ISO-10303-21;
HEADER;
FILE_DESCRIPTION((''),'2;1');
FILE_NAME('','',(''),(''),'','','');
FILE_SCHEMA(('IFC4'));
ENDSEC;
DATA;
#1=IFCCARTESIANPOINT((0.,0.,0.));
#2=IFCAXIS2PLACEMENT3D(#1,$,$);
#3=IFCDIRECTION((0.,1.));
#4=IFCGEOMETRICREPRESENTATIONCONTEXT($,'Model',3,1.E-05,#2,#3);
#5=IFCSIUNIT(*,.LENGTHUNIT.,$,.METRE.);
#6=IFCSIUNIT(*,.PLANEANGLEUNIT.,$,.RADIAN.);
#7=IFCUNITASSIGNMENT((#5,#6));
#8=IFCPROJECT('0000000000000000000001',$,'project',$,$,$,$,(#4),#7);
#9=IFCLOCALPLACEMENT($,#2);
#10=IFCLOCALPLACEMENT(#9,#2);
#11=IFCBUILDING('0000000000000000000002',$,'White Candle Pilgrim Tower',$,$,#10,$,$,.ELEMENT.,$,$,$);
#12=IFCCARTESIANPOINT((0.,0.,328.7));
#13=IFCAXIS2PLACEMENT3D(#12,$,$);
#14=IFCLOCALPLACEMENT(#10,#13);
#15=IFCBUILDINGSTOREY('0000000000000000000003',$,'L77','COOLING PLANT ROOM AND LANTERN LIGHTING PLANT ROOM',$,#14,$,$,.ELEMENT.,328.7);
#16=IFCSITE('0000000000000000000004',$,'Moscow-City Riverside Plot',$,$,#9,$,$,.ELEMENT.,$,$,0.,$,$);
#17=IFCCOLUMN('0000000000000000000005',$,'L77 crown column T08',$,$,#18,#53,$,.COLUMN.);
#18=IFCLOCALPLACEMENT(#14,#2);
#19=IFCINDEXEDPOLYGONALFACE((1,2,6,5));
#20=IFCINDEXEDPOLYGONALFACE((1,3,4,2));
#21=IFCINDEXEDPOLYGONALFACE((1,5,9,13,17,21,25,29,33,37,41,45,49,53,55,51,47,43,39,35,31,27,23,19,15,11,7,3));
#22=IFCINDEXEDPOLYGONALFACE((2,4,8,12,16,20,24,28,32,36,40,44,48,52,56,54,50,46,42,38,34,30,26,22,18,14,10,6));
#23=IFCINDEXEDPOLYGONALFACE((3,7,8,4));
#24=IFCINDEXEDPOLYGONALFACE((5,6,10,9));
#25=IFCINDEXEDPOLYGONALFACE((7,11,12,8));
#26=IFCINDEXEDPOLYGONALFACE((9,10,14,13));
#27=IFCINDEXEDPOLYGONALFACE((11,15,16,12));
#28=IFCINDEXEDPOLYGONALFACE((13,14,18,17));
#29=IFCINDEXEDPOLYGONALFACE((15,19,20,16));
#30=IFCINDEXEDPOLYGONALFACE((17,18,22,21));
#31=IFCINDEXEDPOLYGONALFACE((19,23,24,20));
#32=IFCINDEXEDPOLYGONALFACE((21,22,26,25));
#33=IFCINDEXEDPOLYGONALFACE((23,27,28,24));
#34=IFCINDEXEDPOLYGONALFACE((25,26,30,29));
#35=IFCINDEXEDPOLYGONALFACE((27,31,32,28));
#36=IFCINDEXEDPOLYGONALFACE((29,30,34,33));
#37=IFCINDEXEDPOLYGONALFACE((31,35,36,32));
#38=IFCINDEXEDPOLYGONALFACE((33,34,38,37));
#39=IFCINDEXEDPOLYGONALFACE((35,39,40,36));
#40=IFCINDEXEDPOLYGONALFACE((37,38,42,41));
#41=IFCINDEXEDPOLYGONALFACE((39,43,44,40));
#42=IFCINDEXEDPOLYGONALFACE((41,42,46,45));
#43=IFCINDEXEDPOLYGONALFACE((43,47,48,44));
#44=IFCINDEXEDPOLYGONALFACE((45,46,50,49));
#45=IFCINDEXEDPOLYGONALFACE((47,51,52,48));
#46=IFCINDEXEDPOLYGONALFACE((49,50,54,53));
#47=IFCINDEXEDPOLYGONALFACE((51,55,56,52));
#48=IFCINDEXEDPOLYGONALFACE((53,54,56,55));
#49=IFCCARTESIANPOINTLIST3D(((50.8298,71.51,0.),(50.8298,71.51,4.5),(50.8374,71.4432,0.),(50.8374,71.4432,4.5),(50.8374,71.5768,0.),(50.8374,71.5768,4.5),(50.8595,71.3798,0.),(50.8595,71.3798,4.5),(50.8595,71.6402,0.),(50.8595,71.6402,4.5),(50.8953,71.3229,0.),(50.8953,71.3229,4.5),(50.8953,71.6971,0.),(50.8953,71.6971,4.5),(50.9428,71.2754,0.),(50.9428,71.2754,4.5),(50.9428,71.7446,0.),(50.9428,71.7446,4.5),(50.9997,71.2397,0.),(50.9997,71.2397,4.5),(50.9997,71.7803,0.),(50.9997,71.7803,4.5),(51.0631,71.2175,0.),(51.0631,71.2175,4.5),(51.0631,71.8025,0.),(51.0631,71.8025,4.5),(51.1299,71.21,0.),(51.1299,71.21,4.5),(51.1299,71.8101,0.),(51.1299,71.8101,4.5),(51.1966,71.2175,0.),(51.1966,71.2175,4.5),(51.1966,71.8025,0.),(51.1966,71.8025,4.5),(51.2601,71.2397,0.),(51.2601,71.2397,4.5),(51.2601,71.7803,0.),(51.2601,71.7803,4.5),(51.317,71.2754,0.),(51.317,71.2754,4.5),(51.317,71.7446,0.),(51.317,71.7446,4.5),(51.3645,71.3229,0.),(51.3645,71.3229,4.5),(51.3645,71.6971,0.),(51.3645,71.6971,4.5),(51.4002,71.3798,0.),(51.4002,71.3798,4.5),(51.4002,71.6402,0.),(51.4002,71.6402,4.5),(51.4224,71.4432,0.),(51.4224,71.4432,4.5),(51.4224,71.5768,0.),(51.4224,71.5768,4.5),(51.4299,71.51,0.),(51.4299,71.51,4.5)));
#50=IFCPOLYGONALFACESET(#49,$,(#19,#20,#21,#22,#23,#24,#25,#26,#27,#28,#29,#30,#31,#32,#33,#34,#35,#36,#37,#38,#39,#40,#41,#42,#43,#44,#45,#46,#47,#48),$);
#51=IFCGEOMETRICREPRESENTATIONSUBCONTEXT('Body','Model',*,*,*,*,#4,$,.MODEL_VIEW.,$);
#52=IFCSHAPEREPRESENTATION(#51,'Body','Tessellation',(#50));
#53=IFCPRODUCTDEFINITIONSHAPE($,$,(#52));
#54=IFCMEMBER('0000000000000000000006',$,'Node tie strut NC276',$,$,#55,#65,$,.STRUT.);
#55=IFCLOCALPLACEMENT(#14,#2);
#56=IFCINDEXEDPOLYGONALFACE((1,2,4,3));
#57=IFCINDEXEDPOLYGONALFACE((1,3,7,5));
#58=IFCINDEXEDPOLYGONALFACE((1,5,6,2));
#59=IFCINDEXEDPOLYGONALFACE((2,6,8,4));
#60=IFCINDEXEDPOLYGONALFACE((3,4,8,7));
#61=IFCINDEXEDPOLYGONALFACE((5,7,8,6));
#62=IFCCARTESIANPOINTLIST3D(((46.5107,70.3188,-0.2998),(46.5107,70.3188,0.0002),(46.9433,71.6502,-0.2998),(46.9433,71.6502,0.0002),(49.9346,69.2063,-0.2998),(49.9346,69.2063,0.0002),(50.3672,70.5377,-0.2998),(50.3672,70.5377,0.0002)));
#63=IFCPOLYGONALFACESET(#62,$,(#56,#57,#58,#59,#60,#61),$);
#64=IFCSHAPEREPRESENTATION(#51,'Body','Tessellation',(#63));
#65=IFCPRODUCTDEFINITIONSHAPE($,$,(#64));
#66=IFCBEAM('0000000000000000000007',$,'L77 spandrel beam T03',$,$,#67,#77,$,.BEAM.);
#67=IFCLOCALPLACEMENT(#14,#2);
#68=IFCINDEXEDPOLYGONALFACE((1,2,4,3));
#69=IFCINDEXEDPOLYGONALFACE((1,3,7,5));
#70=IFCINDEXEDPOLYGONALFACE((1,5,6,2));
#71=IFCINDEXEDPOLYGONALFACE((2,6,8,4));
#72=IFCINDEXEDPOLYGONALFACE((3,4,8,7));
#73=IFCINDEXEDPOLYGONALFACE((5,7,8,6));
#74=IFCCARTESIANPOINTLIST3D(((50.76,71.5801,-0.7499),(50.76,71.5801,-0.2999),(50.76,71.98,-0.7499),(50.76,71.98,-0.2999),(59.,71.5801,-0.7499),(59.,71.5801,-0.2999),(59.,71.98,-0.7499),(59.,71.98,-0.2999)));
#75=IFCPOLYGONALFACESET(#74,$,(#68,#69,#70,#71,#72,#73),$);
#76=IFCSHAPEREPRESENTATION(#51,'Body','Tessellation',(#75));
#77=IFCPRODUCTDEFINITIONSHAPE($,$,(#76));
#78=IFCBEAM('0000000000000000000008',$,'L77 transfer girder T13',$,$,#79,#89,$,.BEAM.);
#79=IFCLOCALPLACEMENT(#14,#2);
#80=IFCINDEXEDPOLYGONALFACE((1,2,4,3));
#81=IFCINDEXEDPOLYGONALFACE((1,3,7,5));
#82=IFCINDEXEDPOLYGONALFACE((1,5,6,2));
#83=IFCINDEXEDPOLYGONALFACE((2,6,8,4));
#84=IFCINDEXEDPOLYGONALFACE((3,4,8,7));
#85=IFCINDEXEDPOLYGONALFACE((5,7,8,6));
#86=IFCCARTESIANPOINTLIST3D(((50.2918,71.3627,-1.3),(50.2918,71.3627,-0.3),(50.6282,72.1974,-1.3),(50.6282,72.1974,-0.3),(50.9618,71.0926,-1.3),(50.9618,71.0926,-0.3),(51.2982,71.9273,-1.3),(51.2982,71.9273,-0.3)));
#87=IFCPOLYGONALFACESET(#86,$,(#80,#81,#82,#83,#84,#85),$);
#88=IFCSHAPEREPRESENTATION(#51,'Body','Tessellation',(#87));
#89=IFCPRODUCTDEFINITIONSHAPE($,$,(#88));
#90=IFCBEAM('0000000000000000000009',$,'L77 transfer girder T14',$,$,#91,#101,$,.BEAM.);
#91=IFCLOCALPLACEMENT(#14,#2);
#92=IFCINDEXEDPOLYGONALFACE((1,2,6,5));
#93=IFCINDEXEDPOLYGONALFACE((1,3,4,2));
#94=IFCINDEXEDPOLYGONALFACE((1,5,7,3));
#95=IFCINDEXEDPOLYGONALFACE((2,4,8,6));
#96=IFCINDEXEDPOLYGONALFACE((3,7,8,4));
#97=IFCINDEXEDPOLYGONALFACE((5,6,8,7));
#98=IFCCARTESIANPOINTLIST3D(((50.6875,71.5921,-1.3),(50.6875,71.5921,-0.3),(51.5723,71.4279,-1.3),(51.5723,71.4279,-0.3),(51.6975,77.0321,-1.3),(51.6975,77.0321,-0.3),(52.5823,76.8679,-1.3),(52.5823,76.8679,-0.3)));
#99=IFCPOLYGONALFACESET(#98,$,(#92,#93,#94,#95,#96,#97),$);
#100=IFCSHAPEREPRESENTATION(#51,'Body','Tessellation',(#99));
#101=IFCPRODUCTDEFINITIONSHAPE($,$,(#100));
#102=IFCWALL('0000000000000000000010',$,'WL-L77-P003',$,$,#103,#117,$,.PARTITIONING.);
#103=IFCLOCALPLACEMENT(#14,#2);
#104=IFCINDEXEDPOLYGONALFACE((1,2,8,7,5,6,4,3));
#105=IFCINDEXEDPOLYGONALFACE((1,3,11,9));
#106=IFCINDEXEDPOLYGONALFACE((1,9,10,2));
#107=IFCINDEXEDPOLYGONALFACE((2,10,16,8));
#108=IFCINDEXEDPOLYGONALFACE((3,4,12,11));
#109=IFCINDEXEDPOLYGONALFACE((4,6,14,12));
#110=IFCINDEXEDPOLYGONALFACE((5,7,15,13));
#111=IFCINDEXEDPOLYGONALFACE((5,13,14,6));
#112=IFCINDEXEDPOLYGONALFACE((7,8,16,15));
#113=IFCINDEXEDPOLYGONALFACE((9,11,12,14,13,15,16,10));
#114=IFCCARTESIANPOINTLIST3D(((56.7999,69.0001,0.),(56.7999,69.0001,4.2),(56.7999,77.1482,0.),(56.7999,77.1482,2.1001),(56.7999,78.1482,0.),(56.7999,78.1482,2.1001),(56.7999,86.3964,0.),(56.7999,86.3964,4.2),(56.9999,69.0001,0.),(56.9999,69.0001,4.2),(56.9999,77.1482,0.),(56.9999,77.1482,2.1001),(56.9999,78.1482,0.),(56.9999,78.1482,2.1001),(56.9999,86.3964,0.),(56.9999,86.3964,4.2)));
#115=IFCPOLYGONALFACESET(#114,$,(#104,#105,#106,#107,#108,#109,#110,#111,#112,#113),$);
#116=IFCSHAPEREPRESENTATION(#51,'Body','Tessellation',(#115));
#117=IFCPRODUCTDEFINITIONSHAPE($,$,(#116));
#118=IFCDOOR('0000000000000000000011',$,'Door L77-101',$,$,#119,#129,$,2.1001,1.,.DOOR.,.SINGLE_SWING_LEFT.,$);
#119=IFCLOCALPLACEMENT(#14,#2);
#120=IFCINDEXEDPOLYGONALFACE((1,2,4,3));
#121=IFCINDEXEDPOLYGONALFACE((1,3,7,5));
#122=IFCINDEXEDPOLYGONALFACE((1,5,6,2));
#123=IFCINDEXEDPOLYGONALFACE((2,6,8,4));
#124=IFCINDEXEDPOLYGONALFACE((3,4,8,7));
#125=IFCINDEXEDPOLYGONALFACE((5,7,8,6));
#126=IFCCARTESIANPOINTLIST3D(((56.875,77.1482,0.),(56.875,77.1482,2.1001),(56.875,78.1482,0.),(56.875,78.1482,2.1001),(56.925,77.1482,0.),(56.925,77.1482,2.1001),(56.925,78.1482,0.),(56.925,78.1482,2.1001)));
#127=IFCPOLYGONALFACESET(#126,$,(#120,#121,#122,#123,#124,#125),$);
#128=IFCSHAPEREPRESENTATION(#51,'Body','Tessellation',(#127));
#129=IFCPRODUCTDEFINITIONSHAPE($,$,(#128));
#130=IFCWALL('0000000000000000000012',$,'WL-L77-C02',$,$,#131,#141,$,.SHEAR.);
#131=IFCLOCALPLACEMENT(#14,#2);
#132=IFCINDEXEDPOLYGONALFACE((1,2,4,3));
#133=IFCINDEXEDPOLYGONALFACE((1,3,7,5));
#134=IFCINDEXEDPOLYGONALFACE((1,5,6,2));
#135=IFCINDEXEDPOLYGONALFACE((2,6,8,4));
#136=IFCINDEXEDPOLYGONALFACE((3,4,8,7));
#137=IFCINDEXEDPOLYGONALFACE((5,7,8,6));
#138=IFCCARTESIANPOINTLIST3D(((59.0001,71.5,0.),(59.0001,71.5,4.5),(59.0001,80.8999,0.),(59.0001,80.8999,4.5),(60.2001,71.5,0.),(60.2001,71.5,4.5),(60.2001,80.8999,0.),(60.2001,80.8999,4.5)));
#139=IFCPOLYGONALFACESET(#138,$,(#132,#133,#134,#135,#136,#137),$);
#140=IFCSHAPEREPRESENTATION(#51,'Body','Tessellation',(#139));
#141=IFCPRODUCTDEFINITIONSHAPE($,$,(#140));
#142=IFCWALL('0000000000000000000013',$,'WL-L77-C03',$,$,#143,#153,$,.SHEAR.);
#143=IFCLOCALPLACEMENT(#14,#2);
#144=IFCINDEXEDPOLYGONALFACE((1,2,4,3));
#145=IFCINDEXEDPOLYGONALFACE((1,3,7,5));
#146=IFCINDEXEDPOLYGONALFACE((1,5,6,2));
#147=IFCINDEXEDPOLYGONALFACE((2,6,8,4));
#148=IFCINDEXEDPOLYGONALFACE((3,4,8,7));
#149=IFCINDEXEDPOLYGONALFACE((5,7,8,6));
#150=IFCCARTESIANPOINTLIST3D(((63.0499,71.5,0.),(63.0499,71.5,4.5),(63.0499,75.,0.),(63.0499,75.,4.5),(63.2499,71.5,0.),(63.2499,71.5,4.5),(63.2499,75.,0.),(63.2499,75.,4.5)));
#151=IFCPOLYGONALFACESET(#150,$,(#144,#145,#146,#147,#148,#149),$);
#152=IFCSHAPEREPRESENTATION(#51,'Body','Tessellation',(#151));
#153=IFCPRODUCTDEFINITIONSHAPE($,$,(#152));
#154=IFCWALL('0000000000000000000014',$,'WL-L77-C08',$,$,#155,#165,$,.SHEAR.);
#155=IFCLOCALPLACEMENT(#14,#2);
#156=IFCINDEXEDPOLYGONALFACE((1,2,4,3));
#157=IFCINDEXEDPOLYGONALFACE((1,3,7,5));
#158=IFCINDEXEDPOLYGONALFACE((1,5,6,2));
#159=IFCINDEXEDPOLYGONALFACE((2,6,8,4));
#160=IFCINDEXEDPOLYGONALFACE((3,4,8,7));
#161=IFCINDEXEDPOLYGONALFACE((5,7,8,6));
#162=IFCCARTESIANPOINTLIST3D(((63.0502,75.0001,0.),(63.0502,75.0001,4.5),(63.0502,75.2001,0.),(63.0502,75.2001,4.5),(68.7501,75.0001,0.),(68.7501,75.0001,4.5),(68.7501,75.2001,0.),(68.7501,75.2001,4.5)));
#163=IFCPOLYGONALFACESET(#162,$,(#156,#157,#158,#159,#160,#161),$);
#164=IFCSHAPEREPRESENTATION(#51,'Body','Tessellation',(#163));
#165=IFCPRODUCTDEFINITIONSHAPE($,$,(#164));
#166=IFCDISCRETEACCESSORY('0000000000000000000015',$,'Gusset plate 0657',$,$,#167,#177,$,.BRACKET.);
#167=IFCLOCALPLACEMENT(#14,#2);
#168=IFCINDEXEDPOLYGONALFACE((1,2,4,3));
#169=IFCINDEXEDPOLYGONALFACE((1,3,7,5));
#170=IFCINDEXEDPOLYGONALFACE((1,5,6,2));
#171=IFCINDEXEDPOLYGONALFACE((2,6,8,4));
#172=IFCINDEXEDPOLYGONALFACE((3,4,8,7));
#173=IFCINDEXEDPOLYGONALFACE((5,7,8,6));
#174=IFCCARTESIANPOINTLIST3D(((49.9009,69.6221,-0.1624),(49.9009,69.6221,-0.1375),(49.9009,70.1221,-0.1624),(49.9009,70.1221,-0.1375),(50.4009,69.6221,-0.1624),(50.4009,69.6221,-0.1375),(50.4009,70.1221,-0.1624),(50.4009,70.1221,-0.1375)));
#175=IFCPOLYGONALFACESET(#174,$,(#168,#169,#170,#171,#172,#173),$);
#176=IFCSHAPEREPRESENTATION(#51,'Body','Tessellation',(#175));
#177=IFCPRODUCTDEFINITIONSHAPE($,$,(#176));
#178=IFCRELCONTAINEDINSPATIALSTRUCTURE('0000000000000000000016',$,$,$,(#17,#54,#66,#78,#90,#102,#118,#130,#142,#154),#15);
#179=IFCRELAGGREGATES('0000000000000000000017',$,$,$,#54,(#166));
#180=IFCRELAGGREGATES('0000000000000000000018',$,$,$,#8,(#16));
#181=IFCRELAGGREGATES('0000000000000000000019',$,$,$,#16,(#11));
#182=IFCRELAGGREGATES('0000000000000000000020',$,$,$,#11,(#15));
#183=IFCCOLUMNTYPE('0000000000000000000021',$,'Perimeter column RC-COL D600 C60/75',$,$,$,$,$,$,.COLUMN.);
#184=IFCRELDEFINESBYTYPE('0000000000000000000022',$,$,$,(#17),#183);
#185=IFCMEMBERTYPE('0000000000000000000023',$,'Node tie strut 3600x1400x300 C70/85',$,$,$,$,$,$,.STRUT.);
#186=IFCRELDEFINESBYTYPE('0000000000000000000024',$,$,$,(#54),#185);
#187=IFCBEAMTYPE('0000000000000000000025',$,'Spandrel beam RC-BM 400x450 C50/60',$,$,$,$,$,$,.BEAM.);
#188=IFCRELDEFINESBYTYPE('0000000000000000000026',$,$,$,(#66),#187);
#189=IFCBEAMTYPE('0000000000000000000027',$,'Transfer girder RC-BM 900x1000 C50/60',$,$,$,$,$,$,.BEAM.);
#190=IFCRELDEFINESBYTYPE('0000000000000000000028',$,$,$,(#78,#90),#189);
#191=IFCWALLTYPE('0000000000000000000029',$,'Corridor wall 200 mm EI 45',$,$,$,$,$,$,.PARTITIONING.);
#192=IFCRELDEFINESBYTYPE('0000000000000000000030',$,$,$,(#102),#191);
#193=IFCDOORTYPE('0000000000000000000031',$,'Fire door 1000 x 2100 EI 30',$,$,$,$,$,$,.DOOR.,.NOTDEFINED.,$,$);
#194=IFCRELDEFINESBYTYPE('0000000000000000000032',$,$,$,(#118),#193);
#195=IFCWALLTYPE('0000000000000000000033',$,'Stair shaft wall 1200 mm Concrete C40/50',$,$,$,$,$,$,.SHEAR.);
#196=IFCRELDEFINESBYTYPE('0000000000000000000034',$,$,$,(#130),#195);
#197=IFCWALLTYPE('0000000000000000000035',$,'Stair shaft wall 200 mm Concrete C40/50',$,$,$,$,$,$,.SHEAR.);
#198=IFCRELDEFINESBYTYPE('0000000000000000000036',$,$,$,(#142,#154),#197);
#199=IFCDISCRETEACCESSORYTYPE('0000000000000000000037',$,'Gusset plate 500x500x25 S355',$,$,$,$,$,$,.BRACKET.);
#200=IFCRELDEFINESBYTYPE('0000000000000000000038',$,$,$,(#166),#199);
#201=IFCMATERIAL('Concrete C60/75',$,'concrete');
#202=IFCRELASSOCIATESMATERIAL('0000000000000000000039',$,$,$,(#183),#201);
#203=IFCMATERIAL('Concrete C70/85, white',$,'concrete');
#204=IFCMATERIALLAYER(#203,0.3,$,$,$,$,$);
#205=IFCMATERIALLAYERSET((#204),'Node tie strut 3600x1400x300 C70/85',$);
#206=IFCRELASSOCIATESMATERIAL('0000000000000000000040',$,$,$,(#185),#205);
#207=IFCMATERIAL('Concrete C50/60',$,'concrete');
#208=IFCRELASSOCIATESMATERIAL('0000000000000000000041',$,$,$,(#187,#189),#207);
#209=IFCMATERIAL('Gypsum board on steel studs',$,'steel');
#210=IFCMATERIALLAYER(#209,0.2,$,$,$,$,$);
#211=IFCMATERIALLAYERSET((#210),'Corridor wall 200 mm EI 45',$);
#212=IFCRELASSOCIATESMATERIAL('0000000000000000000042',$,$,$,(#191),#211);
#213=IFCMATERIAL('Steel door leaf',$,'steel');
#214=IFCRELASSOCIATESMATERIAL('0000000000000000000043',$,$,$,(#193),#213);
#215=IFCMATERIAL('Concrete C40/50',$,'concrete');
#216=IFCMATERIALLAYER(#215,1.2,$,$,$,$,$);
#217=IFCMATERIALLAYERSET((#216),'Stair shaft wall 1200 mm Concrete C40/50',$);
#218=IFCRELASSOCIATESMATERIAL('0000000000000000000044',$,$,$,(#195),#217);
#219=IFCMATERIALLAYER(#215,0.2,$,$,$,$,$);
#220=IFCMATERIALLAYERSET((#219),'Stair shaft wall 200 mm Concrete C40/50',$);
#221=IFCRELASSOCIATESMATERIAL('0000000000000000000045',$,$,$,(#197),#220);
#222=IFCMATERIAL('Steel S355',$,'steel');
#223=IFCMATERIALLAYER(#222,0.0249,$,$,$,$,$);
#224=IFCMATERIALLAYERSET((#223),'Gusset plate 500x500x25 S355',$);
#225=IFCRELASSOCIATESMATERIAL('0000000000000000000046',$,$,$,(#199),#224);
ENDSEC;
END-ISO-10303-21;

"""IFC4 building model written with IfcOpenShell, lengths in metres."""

from ifc_helpers import new_model, si_unit, direction, frame, frame_2d, origin, origin_2d, place, context, subcontext, project, spatial, rectangle, circle, extrude, material, layer, layer_set, material_profile, profile_set, type_object, element, fill, aggregate, save


model = new_model("IFC4")

# Units and contexts
model_context = context("Model", 3, precision=1e-05, world=origin(), true_north=direction((0.0, 1.0)))
body_context = subcontext(model_context, "Body", "Model", "MODEL_VIEW")
ifc_project = project(units=[si_unit("LENGTHUNIT", "METRE"), si_unit("PLANEANGLEUNIT", "RADIAN")], contexts=[model_context])

# Site, building, storey
site_placement = place(None, origin())
site = spatial("IfcSite", under=ifc_project, at=site_placement, Name="Moscow-City Riverside Plot", CompositionType="ELEMENT", RefElevation=0.0)
building_placement = place(site_placement, origin())
building = spatial("IfcBuilding", under=site, at=building_placement, Name="White Candle Pilgrim Tower", CompositionType="ELEMENT")
storey_placement = place(building_placement, frame((0.0, 0.0, 328.7)))
storey = spatial("IfcBuildingStorey", under=building, at=storey_placement, Name="L77", Description="COOLING PLANT ROOM AND LANTERN LIGHTING PLANT ROOM", CompositionType="ELEMENT", Elevation=328.7)

# Column
ifc_material_1 = material(Name="Concrete C60/75", Category="concrete")
ifc_material_profile_1 = material_profile(ifc_material_1, circle(Radius=0.3, at=origin_2d()), Name="RC-COL D600")
ifc_profile_set_1 = profile_set([ifc_material_profile_1], Name="Concrete C60/75")
column_type = type_object("IfcColumnType", Name="Perimeter column RC-COL D600 C60/75", PredefinedType="COLUMN", material=ifc_profile_set_1)
column_placement = place(storey_placement, frame((51.1299, 71.51, 0.0), z_axis=(0.0, 0.0, 1.0), x_axis=(1.0, 0.0, 0.0)))
element("IfcColumn", 1, at=column_placement, inside=storey, type_object=column_type, Name="L77 crown column T08", PredefinedType="COLUMN", context=body_context, shape_type="SweptSolid", body=[
    extrude(circle(Radius=0.3, at=origin_2d()), origin(), (0.0, 0.0, 1.0), 4.5),
])

# Member
ifc_material_2 = material(Name="Concrete C70/85, white", Category="concrete")
ifc_layer_1 = layer(ifc_material_2, 0.3)
ifc_layer_set_1 = layer_set([ifc_layer_1], Name="Node tie strut 3600x1400x300 C70/85")
member_type = type_object("IfcMemberType", Name="Node tie strut 3600x1400x300 C70/85", PredefinedType="STRUT", material=ifc_layer_set_1)
member_placement = place(storey_placement, frame((48.439, 70.4282, -0.2998), z_axis=(0.0, 0.0, 1.0), x_axis=(-0.309017, -0.951057, 0.0)))
member = element("IfcMember", 2, at=member_placement, inside=storey, type_object=member_type, Name="Node tie strut NC276", PredefinedType="STRUT", context=body_context, shape_type="SweptSolid", body=[
    extrude(rectangle(XDim=1.3999, YDim=3.6001, at=origin_2d()), origin(), (0.0, 0.0, 1.0), 0.3),
])

# Beams
ifc_material_3 = material(Name="Concrete C50/60", Category="concrete")
ifc_material_profile_2 = material_profile(ifc_material_3, rectangle(XDim=0.3999, YDim=0.45, at=origin_2d()), Name="RC-BM 400x450")
ifc_profile_set_2 = profile_set([ifc_material_profile_2], Name="Concrete C50/60")
beam_type_1 = type_object("IfcBeamType", Name="Spandrel beam RC-BM 400x450 C50/60", PredefinedType="BEAM", material=ifc_profile_set_2)
beam_1_placement = place(storey_placement, frame((50.76, 71.78, -0.5249), z_axis=(1.0, 0.0, 0.0), x_axis=(0.0, 1.0, 0.0)))
element("IfcBeam", 3, at=beam_1_placement, inside=storey, type_object=beam_type_1, Name="L77 spandrel beam T03", PredefinedType="BEAM", context=body_context, shape_type="SweptSolid", body=[
    extrude(rectangle(XDim=0.3999, YDim=0.45, at=origin_2d()), origin(), (0.0, 0.0, 1.0), 8.24),
])
ifc_material_profile_3 = material_profile(ifc_material_3, rectangle(XDim=0.8999, YDim=1.0, at=origin_2d()), Name="RC-BM 900x1000")
ifc_profile_set_3 = profile_set([ifc_material_profile_3], Name="Concrete C50/60")
beam_type_2 = type_object("IfcBeamType", Name="Transfer girder RC-BM 900x1000 C50/60", PredefinedType="BEAM", material=ifc_profile_set_3)
beam_2_placement = place(storey_placement, frame((50.46, 71.78, -0.8), z_axis=(0.927494, -0.373837, 0.0), x_axis=(0.373837, 0.927494, 0.0)))
element("IfcBeam", 4, at=beam_2_placement, inside=storey, type_object=beam_type_2, Name="L77 transfer girder T13", PredefinedType="BEAM", context=body_context, shape_type="SweptSolid", body=[
    extrude(rectangle(XDim=0.8999, YDim=1.0, at=origin_2d()), origin(), (0.0, 0.0, 1.0), 0.7224),
])
beam_3_placement = place(storey_placement, frame((51.1299, 71.51, -0.8), z_axis=(0.182546, 0.983197, 0.0), x_axis=(-0.983197, 0.182546, 0.0)))
element("IfcBeam", 5, at=beam_3_placement, inside=storey, type_object=beam_type_2, Name="L77 transfer girder T14", PredefinedType="BEAM", context=body_context, shape_type="SweptSolid", body=[
    extrude(rectangle(XDim=0.8999, YDim=1.0, at=origin_2d()), origin(), (0.0, 0.0, 1.0), 5.533),
])

# Wall, opening, door
ifc_material_4 = material(Name="Gypsum board on steel studs", Category="steel")
ifc_layer_2 = layer(ifc_material_4, 0.2)
ifc_layer_set_2 = layer_set([ifc_layer_2], Name="Corridor wall 200 mm EI 45")
wall_type_1 = type_object("IfcWallType", Name="Corridor wall 200 mm EI 45", PredefinedType="PARTITIONING", material=ifc_layer_set_2)
wall_1_placement = place(storey_placement, frame((56.8999, 69.0, 0.0), z_axis=(0.0, 0.0, 1.0), x_axis=(0.0, 1.0, 0.0)))
wall_1 = element("IfcWall", 6, at=wall_1_placement, inside=storey, type_object=wall_type_1, Name="WL-L77-P003", PredefinedType="PARTITIONING", context=body_context, shape_type="SweptSolid", body=[
    extrude(rectangle(XDim=17.3962, YDim=0.2, at=frame_2d((8.6982, 0.0))), origin(), (0.0, 0.0, 1.0), 4.2),
])
opening_1_placement = place(wall_1_placement, frame((8.1482, 0.0, 0.0)))
opening_1 = element("IfcOpeningElement", 7, at=opening_1_placement, cuts=wall_1, PredefinedType="OPENING", context=body_context, shape_type="SweptSolid", body=[
    extrude(rectangle(XDim=1.0, YDim=2.1001, at=frame_2d((0.5, 1.05))), frame((0.0, 0.1099, 0.0), z_axis=(0.0, -1.0, 0.0), x_axis=(1.0, 0.0, 0.0)), (0.0, 0.0, 1.0), 0.22),
])
ifc_material_5 = material(Name="Steel door leaf", Category="steel")
door_type_1 = type_object("IfcDoorType", Name="Fire door 1000 x 2100 EI 30", OperationType="NOTDEFINED", PredefinedType="DOOR", material=ifc_material_5)
door_1_placement = place(opening_1_placement, origin())
door_1 = element("IfcDoor", 8, at=door_1_placement, inside=storey, type_object=door_type_1, Name="Door L77-101", OperationType="SINGLE_SWING_LEFT", OverallHeight=2.1001, OverallWidth=1.0, PredefinedType="DOOR", context=body_context, shape_type="SweptSolid", body=[
    extrude(rectangle(XDim=1.0, YDim=2.1001, at=frame_2d((0.5, 1.05))), frame((0.0, 0.0249, 0.0), z_axis=(0.0, -1.0, 0.0), x_axis=(1.0, 0.0, 0.0)), (0.0, 0.0, 1.0), 0.05),
])
fill(opening_1, door_1)

# Walls
ifc_material_6 = material(Name="Concrete C40/50", Category="concrete")
ifc_layer_3 = layer(ifc_material_6, 1.2)
ifc_layer_set_3 = layer_set([ifc_layer_3], Name="Stair shaft wall 1200 mm Concrete C40/50")
wall_type_2 = type_object("IfcWallType", Name="Stair shaft wall 1200 mm Concrete C40/50", PredefinedType="SHEAR", material=ifc_layer_set_3)
wall_2_placement = place(storey_placement, frame((59.6001, 71.5, 0.0), z_axis=(0.0, 0.0, 1.0), x_axis=(0.0, 1.0, 0.0)))
element("IfcWall", 9, at=wall_2_placement, inside=storey, type_object=wall_type_2, Name="WL-L77-C02", PredefinedType="SHEAR", context=body_context, shape_type="SweptSolid", body=[
    extrude(rectangle(XDim=9.3999, YDim=1.2, at=frame_2d((4.7, 0.0))), origin(), (0.0, 0.0, 1.0), 4.5),
])
ifc_layer_4 = layer(ifc_material_6, 0.2)
ifc_layer_set_4 = layer_set([ifc_layer_4], Name="Stair shaft wall 200 mm Concrete C40/50")
wall_type_3 = type_object("IfcWallType", Name="Stair shaft wall 200 mm Concrete C40/50", PredefinedType="SHEAR", material=ifc_layer_set_4)
wall_3_placement = place(storey_placement, frame((63.1499, 71.5, 0.0), z_axis=(0.0, 0.0, 1.0), x_axis=(0.0, 1.0, 0.0)))
element("IfcWall", 10, at=wall_3_placement, inside=storey, type_object=wall_type_3, Name="WL-L77-C03", PredefinedType="SHEAR", context=body_context, shape_type="SweptSolid", body=[
    extrude(rectangle(XDim=3.5, YDim=0.2, at=frame_2d((1.75, 0.0))), origin(), (0.0, 0.0, 1.0), 4.5),
])
wall_4_placement = place(storey_placement, frame((63.05, 75.1001, 0.0), z_axis=(0.0, 0.0, 1.0), x_axis=(1.0, 0.0, 0.0)))
element("IfcWall", 11, at=wall_4_placement, inside=storey, type_object=wall_type_3, Name="WL-L77-C08", PredefinedType="SHEAR", context=body_context, shape_type="SweptSolid", body=[
    extrude(rectangle(XDim=5.7, YDim=0.2, at=frame_2d((2.8501, 0.0))), origin(), (0.0, 0.0, 1.0), 4.5),
])

# Discrete accessory
ifc_material_7 = material(Name="Steel S355", Category="steel")
ifc_layer_5 = layer(ifc_material_7, 0.0249)
ifc_layer_set_5 = layer_set([ifc_layer_5], Name="Gusset plate 500x500x25 S355")
discrete_accessory_type = type_object("IfcDiscreteAccessoryType", Name="Gusset plate 500x500x25 S355", PredefinedType="BRACKET", material=ifc_layer_set_5)
discrete_accessory_placement = place(storey_placement, frame((50.1509, 69.8721, -0.1624), z_axis=(0.0, 0.0, 1.0), x_axis=(1.0, 0.0, 0.0)))
discrete_accessory = element("IfcDiscreteAccessory", 12, at=discrete_accessory_placement, type_object=discrete_accessory_type, Name="Gusset plate 0657", PredefinedType="BRACKET", context=body_context, shape_type="SweptSolid", body=[
    extrude(rectangle(XDim=0.5, YDim=0.5, at=origin_2d()), origin(), (0.0, 0.0, 1.0), 0.0249),
])
aggregate(member, [discrete_accessory])

save(model, "model.ifc")
